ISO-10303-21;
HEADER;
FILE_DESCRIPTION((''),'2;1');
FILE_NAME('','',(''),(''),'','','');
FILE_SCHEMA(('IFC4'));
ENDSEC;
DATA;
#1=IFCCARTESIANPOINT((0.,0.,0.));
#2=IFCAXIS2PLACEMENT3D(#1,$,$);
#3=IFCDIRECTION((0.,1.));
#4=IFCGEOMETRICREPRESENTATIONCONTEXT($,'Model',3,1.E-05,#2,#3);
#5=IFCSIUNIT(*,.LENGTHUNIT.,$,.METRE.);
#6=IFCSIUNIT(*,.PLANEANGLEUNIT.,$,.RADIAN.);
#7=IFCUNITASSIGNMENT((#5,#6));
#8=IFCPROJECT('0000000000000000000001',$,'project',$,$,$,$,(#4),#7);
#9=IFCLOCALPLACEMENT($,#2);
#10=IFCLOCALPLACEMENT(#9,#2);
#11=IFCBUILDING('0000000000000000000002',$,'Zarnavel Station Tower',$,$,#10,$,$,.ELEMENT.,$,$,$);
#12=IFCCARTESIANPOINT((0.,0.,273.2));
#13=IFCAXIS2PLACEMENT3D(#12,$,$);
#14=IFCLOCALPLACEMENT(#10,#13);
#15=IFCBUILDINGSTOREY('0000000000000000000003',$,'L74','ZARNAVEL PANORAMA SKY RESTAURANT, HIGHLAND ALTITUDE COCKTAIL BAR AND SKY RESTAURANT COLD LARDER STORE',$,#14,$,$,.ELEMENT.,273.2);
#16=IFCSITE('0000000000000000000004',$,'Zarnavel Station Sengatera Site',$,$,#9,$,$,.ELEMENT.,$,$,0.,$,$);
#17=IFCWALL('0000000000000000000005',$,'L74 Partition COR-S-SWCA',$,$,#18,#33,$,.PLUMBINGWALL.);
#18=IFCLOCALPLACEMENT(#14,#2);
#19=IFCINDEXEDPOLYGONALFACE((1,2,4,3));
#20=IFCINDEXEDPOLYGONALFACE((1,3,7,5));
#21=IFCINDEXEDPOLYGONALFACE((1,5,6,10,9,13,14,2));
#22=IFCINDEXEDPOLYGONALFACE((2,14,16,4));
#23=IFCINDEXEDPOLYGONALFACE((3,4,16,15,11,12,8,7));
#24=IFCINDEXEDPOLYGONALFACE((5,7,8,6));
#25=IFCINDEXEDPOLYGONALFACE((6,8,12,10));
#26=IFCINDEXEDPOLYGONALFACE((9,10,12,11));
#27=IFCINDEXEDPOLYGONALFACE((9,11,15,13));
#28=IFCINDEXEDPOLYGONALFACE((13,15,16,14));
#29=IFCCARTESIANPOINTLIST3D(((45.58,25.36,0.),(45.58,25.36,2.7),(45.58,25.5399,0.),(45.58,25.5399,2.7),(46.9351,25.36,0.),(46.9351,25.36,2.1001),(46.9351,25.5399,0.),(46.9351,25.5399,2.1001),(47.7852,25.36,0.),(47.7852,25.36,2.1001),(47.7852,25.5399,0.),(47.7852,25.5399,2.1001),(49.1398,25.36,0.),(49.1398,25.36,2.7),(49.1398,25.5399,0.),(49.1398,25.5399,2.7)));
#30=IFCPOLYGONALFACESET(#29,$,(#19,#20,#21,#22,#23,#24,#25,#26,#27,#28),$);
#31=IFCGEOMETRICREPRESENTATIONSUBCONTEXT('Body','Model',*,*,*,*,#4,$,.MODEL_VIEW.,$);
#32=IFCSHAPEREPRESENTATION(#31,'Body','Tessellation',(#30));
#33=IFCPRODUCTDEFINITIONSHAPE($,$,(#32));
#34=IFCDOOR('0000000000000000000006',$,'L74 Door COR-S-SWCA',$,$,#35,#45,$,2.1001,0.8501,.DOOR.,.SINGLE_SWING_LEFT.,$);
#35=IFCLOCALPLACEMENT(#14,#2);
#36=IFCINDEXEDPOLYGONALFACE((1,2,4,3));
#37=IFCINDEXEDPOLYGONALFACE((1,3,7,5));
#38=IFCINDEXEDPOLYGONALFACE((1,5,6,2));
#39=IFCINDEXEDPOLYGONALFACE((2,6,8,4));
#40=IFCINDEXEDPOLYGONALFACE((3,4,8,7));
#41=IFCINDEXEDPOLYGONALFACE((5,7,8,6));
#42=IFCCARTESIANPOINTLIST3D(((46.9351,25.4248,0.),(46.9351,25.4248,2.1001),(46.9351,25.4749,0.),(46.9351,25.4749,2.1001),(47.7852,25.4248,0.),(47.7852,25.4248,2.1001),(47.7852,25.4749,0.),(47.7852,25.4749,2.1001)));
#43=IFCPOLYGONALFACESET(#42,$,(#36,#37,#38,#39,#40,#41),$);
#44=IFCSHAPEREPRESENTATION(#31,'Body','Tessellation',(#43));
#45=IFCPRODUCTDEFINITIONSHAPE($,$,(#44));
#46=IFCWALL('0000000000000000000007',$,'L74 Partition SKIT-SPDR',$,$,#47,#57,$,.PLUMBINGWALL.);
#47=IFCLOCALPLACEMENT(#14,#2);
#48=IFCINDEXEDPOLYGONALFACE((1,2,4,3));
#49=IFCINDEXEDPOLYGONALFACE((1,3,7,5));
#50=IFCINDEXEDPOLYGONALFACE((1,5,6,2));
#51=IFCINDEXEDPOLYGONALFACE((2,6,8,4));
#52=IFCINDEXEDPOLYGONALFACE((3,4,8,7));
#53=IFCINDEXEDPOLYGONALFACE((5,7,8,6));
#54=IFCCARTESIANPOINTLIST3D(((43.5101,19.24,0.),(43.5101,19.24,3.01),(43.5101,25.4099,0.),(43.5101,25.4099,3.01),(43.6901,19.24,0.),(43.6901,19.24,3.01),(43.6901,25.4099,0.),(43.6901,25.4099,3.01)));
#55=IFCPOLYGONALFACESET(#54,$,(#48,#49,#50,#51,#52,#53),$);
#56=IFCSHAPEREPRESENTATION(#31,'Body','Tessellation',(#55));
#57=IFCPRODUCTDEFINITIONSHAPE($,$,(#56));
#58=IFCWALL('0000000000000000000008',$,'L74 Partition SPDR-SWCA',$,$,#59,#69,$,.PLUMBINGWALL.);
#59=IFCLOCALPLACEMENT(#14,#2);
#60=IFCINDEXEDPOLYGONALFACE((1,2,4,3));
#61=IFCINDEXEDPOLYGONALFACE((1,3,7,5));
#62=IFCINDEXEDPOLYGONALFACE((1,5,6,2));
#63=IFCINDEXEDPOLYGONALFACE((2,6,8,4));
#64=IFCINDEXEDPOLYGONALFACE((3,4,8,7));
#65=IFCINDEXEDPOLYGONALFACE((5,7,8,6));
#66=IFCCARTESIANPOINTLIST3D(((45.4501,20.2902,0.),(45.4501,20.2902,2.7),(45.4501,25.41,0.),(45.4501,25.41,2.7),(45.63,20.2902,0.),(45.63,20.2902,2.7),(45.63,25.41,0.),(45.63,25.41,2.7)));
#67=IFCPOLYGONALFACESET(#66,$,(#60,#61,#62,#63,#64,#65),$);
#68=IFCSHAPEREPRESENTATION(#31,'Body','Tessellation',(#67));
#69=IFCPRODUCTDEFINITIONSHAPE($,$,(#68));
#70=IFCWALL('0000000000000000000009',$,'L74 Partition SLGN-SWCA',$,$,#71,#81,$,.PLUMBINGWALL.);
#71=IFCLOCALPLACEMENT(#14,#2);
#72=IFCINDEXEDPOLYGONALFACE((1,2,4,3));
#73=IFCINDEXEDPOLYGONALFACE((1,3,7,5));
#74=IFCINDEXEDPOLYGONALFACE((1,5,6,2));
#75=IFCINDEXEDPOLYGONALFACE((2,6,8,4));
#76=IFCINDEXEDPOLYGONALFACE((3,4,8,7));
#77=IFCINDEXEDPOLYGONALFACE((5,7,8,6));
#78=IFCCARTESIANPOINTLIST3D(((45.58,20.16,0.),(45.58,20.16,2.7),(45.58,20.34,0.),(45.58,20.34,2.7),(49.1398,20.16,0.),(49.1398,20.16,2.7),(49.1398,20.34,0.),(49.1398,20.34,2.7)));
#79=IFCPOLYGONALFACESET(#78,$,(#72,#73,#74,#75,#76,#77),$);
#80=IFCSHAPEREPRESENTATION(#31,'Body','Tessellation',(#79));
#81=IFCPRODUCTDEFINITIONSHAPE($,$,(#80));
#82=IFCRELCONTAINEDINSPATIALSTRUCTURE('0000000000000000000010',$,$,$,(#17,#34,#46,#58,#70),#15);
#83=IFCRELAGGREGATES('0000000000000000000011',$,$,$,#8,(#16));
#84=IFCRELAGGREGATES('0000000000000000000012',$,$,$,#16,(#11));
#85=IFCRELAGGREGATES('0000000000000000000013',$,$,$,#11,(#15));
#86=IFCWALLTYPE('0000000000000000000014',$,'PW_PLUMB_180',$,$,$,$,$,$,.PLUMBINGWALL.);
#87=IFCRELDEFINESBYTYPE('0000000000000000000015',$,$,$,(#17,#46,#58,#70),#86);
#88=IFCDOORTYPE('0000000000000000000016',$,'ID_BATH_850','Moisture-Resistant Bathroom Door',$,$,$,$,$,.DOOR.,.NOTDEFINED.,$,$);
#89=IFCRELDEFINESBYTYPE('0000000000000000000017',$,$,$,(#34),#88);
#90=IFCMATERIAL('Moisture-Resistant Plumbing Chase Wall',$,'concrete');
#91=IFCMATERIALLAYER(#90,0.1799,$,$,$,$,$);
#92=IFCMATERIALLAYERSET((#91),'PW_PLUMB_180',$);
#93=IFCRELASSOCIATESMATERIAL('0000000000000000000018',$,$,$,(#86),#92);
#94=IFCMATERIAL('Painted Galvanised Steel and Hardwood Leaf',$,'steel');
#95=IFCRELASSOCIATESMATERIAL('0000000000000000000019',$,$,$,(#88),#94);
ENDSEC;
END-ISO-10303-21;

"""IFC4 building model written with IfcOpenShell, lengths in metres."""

from ifc_helpers import new_model, si_unit, direction, frame, frame_2d, origin, place, context, subcontext, project, spatial, rectangle, extrude, material, layer, layer_set, type_object, element, fill, save


model = new_model("IFC4")

# Units and contexts
model_context = context("Model", 3, precision=1e-05, world=origin(), true_north=direction((0.0, 1.0)))
body_context = subcontext(model_context, "Body", "Model", "MODEL_VIEW")
ifc_project = project(units=[si_unit("LENGTHUNIT", "METRE"), si_unit("PLANEANGLEUNIT", "RADIAN")], contexts=[model_context])

# Site, building, storey
site_placement = place(None, origin())
site = spatial("IfcSite", under=ifc_project, at=site_placement, Name="Zarnavel Station Sengatera Site", CompositionType="ELEMENT", RefElevation=0.0)
building_placement = place(site_placement, origin())
building = spatial("IfcBuilding", under=site, at=building_placement, Name="Zarnavel Station Tower", CompositionType="ELEMENT")
storey_placement = place(building_placement, frame((0.0, 0.0, 273.2)))
storey = spatial("IfcBuildingStorey", under=building, at=storey_placement, Name="L74", Description="ZARNAVEL PANORAMA SKY RESTAURANT, HIGHLAND ALTITUDE COCKTAIL BAR AND SKY RESTAURANT COLD LARDER STORE", CompositionType="ELEMENT", Elevation=273.2)

# Wall, opening, door
ifc_material_1 = material(Name="Moisture-Resistant Plumbing Chase Wall", Category="concrete")
ifc_layer_1 = layer(ifc_material_1, 0.1799)
ifc_layer_set_1 = layer_set([ifc_layer_1], Name="PW_PLUMB_180")
wall_type_1 = type_object("IfcWallType", Name="PW_PLUMB_180", PredefinedType="PLUMBINGWALL", material=ifc_layer_set_1)
wall_1_placement = place(storey_placement, frame((45.5801, 25.45, 0.0), z_axis=(0.0, 0.0, 1.0), x_axis=(1.0, 0.0, 0.0)))
wall_1 = element("IfcWall", 1, at=wall_1_placement, inside=storey, type_object=wall_type_1, Name="L74 Partition COR-S-SWCA", PredefinedType="PLUMBINGWALL", context=body_context, shape_type="SweptSolid", body=[
    extrude(rectangle(XDim=3.5598, YDim=0.1799, at=frame_2d((1.7798, 0.0))), origin(), (0.0, 0.0, 1.0), 2.7),
])
opening_1_placement = place(wall_1_placement, frame((1.355, 0.0, 0.0)))
opening_1 = element("IfcOpeningElement", 2, at=opening_1_placement, cuts=wall_1, PredefinedType="OPENING", context=body_context, shape_type="SweptSolid", body=[
    extrude(rectangle(XDim=0.8501, YDim=2.1001, at=frame_2d((0.425, 1.05))), frame((0.0, 0.0999, 0.0), z_axis=(0.0, -1.0, 0.0), x_axis=(1.0, 0.0, 0.0)), (0.0, 0.0, 1.0), 0.2),
])
ifc_material_2 = material(Name="Painted Galvanised Steel and Hardwood Leaf", Category="steel")
door_type_1 = type_object("IfcDoorType", Name="ID_BATH_850", Description="Moisture-Resistant Bathroom Door", OperationType="NOTDEFINED", PredefinedType="DOOR", material=ifc_material_2)
door_1_placement = place(opening_1_placement, origin())
door_1 = element("IfcDoor", 3, at=door_1_placement, inside=storey, type_object=door_type_1, Name="L74 Door COR-S-SWCA", OperationType="SINGLE_SWING_LEFT", OverallHeight=2.1001, OverallWidth=0.8501, PredefinedType="DOOR", context=body_context, shape_type="SweptSolid", body=[
    extrude(rectangle(XDim=0.8501, YDim=2.1001, at=frame_2d((0.425, 1.05))), frame((0.0, 0.0249, 0.0), z_axis=(0.0, -1.0, 0.0), x_axis=(1.0, 0.0, 0.0)), (0.0, 0.0, 1.0), 0.05),
])
fill(opening_1, door_1)

# Walls
wall_2_placement = place(storey_placement, frame((43.6001, 19.24, 0.0), z_axis=(0.0, 0.0, 1.0), x_axis=(0.0, 1.0, 0.0)))
element("IfcWall", 4, at=wall_2_placement, inside=storey, type_object=wall_type_1, Name="L74 Partition SKIT-SPDR", PredefinedType="PLUMBINGWALL", context=body_context, shape_type="SweptSolid", body=[
    extrude(rectangle(XDim=6.1699, YDim=0.1799, at=frame_2d((3.085, 0.0))), origin(), (0.0, 0.0, 1.0), 3.01),
])
wall_3_placement = place(storey_placement, frame((45.54, 20.29, 0.0), z_axis=(0.0, 0.0, 1.0), x_axis=(0.0, 1.0, 0.0)))
element("IfcWall", 5, at=wall_3_placement, inside=storey, type_object=wall_type_1, Name="L74 Partition SPDR-SWCA", PredefinedType="PLUMBINGWALL", context=body_context, shape_type="SweptSolid", body=[
    extrude(rectangle(XDim=5.1199, YDim=0.1799, at=frame_2d((2.5601, 0.0))), origin(), (0.0, 0.0, 1.0), 2.7),
])
wall_4_placement = place(storey_placement, frame((45.5801, 20.25, 0.0), z_axis=(0.0, 0.0, 1.0), x_axis=(1.0, 0.0, 0.0)))
element("IfcWall", 6, at=wall_4_placement, inside=storey, type_object=wall_type_1, Name="L74 Partition SLGN-SWCA", PredefinedType="PLUMBINGWALL", context=body_context, shape_type="SweptSolid", body=[
    extrude(rectangle(XDim=3.5598, YDim=0.1799, at=frame_2d((1.7798, 0.0))), origin(), (0.0, 0.0, 1.0), 2.7),
])

save(model, "model.ifc")
